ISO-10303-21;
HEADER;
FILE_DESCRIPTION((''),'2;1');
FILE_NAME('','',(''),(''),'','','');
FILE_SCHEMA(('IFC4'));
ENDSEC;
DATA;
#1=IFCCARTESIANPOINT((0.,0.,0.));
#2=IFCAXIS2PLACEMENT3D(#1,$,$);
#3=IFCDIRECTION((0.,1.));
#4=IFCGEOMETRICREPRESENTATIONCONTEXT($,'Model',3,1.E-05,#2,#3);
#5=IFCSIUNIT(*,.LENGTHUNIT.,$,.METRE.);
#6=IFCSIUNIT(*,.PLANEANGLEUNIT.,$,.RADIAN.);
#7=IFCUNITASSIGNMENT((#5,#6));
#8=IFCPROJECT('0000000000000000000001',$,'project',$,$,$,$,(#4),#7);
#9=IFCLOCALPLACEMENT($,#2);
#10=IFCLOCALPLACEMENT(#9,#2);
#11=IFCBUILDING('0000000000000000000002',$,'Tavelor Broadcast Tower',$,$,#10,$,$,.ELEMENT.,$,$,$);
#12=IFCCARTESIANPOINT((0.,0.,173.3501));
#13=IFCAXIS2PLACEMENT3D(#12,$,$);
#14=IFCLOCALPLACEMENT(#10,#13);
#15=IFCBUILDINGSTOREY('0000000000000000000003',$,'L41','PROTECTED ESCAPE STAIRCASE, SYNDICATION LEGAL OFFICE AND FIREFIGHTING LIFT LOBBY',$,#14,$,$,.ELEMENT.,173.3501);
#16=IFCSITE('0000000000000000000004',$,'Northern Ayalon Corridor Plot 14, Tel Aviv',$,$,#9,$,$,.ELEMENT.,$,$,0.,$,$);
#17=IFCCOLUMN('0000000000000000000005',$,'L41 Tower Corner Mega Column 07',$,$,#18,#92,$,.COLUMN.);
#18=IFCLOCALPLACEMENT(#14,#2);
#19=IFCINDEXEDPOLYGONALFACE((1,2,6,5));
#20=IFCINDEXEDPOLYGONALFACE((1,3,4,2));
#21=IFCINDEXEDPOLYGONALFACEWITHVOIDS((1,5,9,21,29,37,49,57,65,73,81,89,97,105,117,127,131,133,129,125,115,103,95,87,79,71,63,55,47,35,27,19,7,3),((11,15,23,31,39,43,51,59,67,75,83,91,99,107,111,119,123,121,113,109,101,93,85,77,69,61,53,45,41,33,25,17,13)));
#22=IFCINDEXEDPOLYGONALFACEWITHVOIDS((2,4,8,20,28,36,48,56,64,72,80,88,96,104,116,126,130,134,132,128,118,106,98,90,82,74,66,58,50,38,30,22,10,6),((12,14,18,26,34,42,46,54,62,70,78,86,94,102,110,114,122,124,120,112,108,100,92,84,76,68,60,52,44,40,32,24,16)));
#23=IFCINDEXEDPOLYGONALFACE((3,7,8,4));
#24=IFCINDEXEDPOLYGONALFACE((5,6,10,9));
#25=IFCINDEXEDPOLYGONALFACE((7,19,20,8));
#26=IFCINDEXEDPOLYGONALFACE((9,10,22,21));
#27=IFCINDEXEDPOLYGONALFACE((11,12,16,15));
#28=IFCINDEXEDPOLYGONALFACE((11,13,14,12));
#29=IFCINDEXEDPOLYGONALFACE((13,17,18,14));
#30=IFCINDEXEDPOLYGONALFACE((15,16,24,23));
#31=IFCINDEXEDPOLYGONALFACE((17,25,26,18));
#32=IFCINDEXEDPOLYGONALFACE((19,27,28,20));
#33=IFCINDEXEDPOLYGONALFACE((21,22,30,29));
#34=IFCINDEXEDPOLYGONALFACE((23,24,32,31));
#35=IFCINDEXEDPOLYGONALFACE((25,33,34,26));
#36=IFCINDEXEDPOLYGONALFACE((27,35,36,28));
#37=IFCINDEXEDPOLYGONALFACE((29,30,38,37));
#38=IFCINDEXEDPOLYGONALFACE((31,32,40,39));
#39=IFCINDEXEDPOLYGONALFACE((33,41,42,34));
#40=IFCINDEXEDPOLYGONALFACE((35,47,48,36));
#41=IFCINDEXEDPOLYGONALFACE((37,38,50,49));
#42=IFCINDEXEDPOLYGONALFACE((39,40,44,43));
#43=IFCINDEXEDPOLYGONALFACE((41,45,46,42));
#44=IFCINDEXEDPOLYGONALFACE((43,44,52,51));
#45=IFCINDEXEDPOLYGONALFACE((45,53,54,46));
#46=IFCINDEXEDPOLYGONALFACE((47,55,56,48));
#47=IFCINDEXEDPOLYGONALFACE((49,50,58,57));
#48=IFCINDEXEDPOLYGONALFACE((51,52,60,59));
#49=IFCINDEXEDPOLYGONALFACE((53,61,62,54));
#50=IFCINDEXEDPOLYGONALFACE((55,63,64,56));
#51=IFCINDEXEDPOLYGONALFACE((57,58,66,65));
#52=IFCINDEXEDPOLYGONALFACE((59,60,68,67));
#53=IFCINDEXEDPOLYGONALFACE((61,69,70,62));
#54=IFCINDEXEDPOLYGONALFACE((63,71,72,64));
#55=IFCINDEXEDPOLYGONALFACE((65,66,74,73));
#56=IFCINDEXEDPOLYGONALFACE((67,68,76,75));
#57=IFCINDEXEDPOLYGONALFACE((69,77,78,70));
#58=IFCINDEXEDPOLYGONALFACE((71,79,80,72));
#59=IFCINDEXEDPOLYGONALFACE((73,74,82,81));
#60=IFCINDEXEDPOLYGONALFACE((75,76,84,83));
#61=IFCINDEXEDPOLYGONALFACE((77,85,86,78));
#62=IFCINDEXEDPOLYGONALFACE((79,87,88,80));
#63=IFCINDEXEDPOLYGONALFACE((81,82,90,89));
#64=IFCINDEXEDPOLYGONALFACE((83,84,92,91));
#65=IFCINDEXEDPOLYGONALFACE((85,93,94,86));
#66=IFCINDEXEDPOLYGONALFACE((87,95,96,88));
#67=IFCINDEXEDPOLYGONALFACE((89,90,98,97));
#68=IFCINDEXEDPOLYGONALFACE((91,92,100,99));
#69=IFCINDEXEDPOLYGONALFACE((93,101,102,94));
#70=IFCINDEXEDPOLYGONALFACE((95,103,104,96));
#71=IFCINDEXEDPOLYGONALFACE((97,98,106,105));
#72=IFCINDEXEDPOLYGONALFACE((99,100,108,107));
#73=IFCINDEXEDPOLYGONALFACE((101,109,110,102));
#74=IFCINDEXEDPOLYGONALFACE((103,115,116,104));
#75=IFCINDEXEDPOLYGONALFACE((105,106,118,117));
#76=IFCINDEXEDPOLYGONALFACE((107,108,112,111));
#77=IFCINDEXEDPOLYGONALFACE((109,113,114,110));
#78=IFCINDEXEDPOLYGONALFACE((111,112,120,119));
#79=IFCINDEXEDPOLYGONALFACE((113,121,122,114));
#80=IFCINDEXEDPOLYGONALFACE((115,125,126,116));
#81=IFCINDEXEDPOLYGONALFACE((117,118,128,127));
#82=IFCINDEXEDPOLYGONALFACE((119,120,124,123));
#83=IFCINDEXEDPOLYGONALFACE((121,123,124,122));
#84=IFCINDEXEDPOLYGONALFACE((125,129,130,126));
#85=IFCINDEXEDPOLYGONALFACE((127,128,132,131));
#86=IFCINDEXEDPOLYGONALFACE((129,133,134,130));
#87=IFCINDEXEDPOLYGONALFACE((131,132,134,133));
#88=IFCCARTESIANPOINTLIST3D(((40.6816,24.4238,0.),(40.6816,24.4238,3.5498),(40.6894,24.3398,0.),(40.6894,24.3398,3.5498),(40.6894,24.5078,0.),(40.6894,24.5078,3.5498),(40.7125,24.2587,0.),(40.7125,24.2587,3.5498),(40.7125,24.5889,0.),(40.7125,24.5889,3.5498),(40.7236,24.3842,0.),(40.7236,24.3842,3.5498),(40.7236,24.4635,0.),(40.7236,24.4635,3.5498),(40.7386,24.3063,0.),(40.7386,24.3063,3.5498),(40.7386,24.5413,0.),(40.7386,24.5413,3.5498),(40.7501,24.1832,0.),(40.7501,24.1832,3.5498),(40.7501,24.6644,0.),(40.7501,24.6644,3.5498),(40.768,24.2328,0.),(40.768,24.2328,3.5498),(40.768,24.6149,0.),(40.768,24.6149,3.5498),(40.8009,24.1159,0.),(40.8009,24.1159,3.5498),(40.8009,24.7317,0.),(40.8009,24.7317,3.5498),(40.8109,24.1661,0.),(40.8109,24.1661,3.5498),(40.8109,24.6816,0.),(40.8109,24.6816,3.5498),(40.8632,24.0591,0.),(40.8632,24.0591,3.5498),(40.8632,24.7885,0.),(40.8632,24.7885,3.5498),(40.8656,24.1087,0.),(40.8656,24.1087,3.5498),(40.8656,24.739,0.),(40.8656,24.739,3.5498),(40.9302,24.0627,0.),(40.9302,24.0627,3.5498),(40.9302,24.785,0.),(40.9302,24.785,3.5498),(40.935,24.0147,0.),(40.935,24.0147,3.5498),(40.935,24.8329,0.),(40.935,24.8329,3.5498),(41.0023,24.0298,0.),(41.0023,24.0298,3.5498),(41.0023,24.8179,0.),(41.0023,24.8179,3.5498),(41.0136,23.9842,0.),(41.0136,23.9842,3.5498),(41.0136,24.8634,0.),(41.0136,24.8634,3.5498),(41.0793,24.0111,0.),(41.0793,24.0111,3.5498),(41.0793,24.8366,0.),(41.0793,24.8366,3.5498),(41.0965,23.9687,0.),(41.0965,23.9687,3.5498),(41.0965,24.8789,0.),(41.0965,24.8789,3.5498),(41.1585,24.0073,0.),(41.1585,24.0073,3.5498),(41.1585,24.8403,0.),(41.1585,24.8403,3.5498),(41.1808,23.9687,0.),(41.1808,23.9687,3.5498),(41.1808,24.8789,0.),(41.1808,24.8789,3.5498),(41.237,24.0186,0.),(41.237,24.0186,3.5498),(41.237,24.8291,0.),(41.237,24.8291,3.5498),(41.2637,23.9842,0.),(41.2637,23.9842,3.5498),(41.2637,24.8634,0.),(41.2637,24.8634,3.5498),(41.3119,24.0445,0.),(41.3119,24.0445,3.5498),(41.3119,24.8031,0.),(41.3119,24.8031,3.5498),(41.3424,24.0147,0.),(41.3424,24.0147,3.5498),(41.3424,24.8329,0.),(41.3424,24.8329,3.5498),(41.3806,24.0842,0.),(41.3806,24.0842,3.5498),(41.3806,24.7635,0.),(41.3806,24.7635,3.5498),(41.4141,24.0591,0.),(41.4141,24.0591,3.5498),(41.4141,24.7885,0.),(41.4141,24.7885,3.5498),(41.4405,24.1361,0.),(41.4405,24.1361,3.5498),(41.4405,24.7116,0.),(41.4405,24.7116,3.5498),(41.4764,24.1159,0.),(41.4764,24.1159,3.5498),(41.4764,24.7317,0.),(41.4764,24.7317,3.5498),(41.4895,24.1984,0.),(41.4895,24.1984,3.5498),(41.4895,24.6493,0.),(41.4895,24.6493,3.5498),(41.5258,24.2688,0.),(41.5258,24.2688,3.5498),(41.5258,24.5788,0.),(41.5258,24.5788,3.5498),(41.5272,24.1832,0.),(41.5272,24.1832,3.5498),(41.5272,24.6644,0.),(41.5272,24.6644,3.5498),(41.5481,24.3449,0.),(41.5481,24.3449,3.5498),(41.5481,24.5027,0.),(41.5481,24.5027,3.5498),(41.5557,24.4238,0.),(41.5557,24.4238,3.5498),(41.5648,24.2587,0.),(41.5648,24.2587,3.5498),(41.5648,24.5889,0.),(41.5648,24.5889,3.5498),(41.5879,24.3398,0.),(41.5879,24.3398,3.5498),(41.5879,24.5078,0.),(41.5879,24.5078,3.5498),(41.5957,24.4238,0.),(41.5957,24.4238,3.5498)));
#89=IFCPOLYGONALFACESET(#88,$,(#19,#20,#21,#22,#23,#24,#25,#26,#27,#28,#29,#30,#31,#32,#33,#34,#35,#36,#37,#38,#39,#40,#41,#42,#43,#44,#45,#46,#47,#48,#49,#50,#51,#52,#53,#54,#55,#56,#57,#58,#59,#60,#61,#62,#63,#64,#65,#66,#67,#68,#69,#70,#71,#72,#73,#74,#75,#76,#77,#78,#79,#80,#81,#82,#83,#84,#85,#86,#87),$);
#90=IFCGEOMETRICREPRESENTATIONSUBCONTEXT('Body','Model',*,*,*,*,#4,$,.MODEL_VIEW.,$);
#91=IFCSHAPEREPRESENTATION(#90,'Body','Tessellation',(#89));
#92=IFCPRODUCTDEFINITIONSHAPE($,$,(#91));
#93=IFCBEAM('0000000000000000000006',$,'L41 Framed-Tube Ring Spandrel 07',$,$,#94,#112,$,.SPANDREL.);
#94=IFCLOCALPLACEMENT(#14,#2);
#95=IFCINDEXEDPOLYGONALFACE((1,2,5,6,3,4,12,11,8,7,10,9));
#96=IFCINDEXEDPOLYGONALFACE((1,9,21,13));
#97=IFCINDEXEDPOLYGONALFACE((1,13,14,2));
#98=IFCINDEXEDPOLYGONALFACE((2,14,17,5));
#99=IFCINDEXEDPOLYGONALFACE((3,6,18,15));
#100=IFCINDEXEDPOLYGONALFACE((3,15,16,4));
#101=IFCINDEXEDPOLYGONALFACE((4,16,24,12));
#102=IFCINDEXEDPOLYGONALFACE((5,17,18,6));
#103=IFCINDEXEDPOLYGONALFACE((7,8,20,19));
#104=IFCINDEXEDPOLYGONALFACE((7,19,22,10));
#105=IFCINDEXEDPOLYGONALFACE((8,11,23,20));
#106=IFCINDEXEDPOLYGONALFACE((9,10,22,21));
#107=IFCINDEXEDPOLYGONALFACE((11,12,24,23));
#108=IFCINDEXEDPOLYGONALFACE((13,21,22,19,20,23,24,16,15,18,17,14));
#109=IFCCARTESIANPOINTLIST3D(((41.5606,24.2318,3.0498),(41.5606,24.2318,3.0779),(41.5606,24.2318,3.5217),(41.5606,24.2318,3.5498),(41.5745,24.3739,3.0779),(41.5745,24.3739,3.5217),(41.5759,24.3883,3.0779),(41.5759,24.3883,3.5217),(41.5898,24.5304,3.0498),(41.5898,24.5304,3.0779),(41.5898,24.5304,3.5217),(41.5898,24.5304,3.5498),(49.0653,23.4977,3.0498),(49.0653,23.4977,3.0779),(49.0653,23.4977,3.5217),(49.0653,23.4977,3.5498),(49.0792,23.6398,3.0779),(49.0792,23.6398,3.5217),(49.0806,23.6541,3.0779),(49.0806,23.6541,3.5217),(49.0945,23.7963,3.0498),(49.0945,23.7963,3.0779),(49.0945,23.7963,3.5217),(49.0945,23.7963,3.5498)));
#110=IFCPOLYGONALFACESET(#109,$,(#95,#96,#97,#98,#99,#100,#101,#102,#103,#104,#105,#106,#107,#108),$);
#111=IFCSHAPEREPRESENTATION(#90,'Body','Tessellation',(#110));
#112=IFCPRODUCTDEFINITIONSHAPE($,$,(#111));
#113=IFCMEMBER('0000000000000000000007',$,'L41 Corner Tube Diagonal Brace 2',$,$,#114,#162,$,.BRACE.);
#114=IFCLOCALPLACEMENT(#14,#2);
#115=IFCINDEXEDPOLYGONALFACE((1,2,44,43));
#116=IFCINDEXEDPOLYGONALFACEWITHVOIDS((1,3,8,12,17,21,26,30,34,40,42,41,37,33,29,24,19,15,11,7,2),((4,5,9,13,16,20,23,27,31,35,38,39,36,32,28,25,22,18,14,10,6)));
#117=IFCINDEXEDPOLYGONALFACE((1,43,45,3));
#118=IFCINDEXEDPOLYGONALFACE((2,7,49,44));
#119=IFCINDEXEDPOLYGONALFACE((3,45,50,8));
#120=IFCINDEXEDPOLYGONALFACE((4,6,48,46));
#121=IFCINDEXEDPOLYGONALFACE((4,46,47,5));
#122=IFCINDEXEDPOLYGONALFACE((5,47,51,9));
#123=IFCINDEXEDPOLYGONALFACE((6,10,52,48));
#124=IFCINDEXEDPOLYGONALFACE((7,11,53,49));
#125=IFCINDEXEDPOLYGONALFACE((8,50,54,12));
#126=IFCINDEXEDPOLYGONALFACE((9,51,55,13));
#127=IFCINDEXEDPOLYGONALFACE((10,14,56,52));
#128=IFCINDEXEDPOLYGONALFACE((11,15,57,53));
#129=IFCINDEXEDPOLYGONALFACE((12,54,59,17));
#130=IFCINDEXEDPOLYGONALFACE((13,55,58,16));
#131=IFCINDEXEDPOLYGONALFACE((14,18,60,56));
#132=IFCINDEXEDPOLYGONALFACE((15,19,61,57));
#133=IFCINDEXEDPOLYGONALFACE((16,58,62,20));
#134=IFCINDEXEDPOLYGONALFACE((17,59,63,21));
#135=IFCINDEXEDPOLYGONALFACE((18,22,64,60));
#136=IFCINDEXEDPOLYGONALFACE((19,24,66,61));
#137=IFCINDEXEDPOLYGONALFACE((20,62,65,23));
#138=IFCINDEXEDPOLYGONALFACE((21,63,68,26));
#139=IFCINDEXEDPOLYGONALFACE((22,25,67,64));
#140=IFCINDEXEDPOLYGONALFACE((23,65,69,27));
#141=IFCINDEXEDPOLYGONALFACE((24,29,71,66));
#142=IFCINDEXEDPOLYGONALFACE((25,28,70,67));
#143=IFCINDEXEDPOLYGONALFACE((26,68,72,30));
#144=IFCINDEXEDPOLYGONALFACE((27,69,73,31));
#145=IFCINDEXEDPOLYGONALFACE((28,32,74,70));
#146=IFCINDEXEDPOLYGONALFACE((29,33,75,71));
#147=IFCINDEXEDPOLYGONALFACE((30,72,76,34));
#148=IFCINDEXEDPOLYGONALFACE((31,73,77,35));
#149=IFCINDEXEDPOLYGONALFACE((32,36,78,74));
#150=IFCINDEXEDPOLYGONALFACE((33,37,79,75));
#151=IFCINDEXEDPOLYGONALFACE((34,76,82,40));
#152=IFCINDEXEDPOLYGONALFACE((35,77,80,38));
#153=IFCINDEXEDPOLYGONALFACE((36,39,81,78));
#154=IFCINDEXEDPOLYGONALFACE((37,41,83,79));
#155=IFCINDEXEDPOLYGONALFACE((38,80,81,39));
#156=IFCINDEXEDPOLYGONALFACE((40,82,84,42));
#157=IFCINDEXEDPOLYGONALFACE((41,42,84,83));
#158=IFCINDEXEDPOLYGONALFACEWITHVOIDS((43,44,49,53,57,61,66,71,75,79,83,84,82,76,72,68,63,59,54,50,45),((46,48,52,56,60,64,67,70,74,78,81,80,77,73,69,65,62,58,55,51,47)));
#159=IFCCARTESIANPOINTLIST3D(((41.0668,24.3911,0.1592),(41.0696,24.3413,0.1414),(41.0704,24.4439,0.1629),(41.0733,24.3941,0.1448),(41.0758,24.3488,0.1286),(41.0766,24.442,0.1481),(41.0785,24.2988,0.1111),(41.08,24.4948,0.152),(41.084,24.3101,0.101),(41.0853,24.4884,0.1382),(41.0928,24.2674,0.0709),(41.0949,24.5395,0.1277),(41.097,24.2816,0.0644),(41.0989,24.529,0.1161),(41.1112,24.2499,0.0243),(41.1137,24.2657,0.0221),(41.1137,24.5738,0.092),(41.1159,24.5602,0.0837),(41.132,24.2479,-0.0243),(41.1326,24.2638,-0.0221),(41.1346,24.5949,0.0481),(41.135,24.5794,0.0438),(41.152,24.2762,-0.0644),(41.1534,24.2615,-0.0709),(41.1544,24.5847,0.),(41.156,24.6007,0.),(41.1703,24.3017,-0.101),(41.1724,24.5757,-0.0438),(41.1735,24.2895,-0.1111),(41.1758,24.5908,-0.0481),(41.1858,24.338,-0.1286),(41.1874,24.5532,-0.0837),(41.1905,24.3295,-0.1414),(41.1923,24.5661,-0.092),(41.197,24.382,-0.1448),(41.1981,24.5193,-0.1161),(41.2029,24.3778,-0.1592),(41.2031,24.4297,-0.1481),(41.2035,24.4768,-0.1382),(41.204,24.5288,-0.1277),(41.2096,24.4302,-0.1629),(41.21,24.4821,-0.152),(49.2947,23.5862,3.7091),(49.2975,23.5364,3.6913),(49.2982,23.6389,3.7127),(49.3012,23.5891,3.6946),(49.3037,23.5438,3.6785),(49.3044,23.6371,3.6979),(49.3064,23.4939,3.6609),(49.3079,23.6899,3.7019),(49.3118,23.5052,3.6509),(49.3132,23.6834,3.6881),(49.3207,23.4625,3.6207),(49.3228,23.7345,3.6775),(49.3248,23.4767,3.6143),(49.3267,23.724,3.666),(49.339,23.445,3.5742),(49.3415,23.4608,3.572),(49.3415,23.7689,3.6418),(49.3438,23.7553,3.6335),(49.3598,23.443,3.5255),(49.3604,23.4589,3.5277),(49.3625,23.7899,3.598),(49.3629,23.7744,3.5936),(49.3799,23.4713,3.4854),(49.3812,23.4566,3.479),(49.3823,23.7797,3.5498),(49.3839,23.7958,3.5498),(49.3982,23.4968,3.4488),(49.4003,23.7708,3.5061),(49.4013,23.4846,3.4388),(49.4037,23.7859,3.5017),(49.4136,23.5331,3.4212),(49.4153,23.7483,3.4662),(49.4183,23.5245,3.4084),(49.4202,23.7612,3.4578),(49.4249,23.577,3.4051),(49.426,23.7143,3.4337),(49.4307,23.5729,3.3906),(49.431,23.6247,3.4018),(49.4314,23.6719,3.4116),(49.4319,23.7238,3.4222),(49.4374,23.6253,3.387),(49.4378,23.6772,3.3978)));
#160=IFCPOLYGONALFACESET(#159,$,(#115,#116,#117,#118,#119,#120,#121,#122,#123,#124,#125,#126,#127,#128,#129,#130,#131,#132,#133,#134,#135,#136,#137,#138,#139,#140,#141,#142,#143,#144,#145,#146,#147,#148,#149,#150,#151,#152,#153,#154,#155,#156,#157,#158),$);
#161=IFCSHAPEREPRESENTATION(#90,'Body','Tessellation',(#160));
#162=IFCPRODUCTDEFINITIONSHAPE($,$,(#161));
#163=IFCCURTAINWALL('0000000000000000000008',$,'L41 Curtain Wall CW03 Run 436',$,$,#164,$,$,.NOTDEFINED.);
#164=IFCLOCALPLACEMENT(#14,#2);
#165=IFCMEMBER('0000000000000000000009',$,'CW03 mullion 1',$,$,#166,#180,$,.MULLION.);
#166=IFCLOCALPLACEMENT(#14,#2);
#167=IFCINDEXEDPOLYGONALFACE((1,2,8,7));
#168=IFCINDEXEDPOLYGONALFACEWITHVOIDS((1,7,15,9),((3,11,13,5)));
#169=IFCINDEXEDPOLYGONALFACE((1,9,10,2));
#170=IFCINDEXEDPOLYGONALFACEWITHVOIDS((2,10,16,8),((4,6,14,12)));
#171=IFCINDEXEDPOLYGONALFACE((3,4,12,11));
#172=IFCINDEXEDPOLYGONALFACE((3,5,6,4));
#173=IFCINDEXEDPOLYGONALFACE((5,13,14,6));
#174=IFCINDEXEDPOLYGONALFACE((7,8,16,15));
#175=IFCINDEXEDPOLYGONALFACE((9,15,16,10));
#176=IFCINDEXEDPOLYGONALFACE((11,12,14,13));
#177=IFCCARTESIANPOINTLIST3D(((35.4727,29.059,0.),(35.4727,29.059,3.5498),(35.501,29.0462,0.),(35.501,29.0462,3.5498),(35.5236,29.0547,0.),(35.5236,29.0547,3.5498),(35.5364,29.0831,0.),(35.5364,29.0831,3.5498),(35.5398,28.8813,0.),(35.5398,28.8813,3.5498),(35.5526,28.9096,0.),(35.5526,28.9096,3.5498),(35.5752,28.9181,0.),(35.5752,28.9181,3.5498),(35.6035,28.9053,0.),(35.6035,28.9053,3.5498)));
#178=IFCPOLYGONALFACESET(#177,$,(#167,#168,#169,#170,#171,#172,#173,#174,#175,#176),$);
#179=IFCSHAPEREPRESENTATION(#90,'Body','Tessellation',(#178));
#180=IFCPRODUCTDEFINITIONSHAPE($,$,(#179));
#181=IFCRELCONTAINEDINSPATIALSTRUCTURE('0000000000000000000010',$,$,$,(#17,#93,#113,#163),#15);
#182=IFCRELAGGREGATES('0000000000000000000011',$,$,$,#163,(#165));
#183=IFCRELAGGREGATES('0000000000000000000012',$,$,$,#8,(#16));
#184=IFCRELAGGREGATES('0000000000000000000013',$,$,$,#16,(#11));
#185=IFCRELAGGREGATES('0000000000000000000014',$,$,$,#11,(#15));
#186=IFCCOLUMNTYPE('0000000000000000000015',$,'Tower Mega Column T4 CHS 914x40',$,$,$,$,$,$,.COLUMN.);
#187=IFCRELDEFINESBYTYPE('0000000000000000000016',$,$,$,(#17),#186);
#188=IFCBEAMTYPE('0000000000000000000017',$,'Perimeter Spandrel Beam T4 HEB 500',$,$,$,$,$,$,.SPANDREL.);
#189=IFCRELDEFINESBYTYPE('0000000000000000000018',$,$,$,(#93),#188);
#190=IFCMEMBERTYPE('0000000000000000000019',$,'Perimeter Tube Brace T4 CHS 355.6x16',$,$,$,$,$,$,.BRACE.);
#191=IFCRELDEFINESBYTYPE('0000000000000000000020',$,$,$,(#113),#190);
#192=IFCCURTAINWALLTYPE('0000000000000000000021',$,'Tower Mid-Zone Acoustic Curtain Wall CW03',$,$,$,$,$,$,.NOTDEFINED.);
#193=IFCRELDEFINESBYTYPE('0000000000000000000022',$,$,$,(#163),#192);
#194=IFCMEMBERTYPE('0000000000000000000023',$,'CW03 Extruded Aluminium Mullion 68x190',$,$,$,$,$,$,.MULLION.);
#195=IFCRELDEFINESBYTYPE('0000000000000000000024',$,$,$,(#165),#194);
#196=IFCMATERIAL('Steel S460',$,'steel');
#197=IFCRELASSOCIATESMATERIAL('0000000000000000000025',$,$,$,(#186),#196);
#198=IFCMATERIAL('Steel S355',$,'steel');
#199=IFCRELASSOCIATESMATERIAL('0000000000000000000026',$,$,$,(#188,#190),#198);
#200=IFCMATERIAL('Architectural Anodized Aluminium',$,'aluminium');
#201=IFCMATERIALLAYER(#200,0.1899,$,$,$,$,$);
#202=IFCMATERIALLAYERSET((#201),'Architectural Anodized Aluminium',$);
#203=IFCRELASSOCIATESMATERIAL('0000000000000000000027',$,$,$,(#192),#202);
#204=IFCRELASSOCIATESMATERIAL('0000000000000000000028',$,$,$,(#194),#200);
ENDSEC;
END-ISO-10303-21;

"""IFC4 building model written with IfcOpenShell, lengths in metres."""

from ifc_helpers import new_model, si_unit, direction, frame, origin, origin_2d, place, context, subcontext, project, spatial, hollow_rectangle, hollow_circle, i_section, extrude, source, transform, mapped, material, layer, layer_set, material_profile, profile_set, type_object, type_shapes, element, aggregate, save


model = new_model("IFC4")

# Units and contexts
model_context = context("Model", 3, precision=1e-05, world=origin(), true_north=direction((0.0, 1.0)))
body_context = subcontext(model_context, "Body", "Model", "MODEL_VIEW")
ifc_project = project(units=[si_unit("LENGTHUNIT", "METRE"), si_unit("PLANEANGLEUNIT", "RADIAN")], contexts=[model_context])

# Site, building, storey
site_placement = place(None, origin())
site = spatial("IfcSite", under=ifc_project, at=site_placement, Name="Northern Ayalon Corridor Plot 14, Tel Aviv", CompositionType="ELEMENT", RefElevation=0.0)
building_placement = place(site_placement, origin())
building = spatial("IfcBuilding", under=site, at=building_placement, Name="Tavelor Broadcast Tower", CompositionType="ELEMENT")
storey_placement = place(building_placement, frame((0.0, 0.0, 173.3501)))
storey = spatial("IfcBuildingStorey", under=building, at=storey_placement, Name="L41", Description="PROTECTED ESCAPE STAIRCASE, SYNDICATION LEGAL OFFICE AND FIREFIGHTING LIFT LOBBY", CompositionType="ELEMENT", Elevation=173.3501)

# Column
ifc_material_1 = material(Name="Steel S460", Category="steel")
ifc_material_profile_1 = material_profile(ifc_material_1, hollow_circle(Radius=0.457, WallThickness=0.04, at=origin_2d()), Name="CHS 914x40")
ifc_profile_set_1 = profile_set([ifc_material_profile_1], Name="Steel S460")
column_type = type_object("IfcColumnType", Name="Tower Mega Column T4 CHS 914x40", PredefinedType="COLUMN", material=ifc_profile_set_1)
column_placement = place(storey_placement, frame((41.1387, 24.4238, 0.0), z_axis=(0.0, 0.0, 1.0), x_axis=(1.0, 0.0, 0.0)))
element("IfcColumn", 1, at=column_placement, inside=storey, type_object=column_type, Name="L41 Tower Corner Mega Column 07", PredefinedType="COLUMN", context=body_context, shape_type="SweptSolid", body=[
    extrude(hollow_circle(Radius=0.457, WallThickness=0.04, at=origin_2d()), origin(), (0.0, 0.0, 1.0), 3.5498),
])

# Beam
ifc_material_2 = material(Name="Steel S355", Category="steel")
ifc_material_profile_2 = material_profile(ifc_material_2, i_section(OverallWidth=0.3, OverallDepth=0.5, WebThickness=0.0144, FlangeThickness=0.0281, at=origin_2d()), Name="HEB 500")
ifc_profile_set_2 = profile_set([ifc_material_profile_2], Name="Steel S355")
beam_type = type_object("IfcBeamType", Name="Perimeter Spandrel Beam T4 HEB 500", PredefinedType="SPANDREL", material=ifc_profile_set_2)
beam_placement = place(storey_placement, frame((41.5752, 24.3811, 3.2998), z_axis=(0.995249, -0.097359, 0.0), x_axis=(0.097359, 0.995249, 0.0)))
element("IfcBeam", 2, at=beam_placement, inside=storey, type_object=beam_type, Name="L41 Framed-Tube Ring Spandrel 07", PredefinedType="SPANDREL", context=body_context, shape_type="SweptSolid", body=[
    extrude(i_section(OverallWidth=0.3, OverallDepth=0.5, WebThickness=0.0144, FlangeThickness=0.0281, at=origin_2d()), origin(), (0.0, 0.0, 1.0), 7.5405),
])

# Member
ifc_material_profile_3 = material_profile(ifc_material_2, hollow_circle(Radius=0.1777, WallThickness=0.0161, at=origin_2d()), Name="CHS 355.6x16")
ifc_profile_set_3 = profile_set([ifc_material_profile_3], Name="Steel S355")
member_type_1 = type_object("IfcMemberType", Name="Perimeter Tube Brace T4 CHS 355.6x16", PredefinedType="BRACE", material=ifc_profile_set_3)
member_1_placement = place(storey_placement, frame((41.1387, 24.4238, 0.0), z_axis=(0.914506, -0.089467, 0.394556), x_axis=(0.097366, 0.995249, 0.0)))
element("IfcMember", 3, at=member_1_placement, inside=storey, type_object=member_type_1, Name="L41 Corner Tube Diagonal Brace 2", PredefinedType="BRACE", context=body_context, shape_type="SweptSolid", body=[
    extrude(hollow_circle(Radius=0.1777, WallThickness=0.0161, at=origin_2d()), origin(), (0.0, 0.0, 1.0), 8.9971),
])

# Curtain wall, member
ifc_material_3 = material(Name="Architectural Anodized Aluminium", Category="aluminium")
ifc_layer_1 = layer(ifc_material_3, 0.1899)
ifc_layer_set_1 = layer_set([ifc_layer_1], Name="Architectural Anodized Aluminium")
curtain_wall_type = type_object("IfcCurtainWallType", Name="Tower Mid-Zone Acoustic Curtain Wall CW03", PredefinedType="NOTDEFINED", material=ifc_layer_set_1)
curtain_wall_placement = place(storey_placement, origin())
curtain_wall = element("IfcCurtainWall", 4, at=curtain_wall_placement, inside=storey, type_object=curtain_wall_type, Name="L41 Curtain Wall CW03 Run 436", PredefinedType="NOTDEFINED")
ifc_material_profile_4 = material_profile(ifc_material_3, hollow_rectangle(XDim=0.0681, YDim=0.1899, WallThickness=0.022, at=origin_2d()), Name="RHS 68x190x22")
ifc_profile_set_4 = profile_set([ifc_material_profile_4], Name="Architectural Anodized Aluminium")
member_type_2 = type_object("IfcMemberType", Name="CW03 Extruded Aluminium Mullion 68x190", PredefinedType="MULLION", material=ifc_profile_set_4)
shared_shape_1 = source(origin(), body_context, "Body", "SweptSolid", [
    extrude(hollow_rectangle(XDim=0.0681, YDim=0.1899, WallThickness=0.022, at=origin_2d()), origin(), (0.0, 0.0, 1.0), 3.5498),
])
type_shapes(member_type_2, [shared_shape_1])
member_2_placement = place(storey_placement, frame((35.5381, 28.9822, 0.0), z_axis=(0.0, 0.0, 1.0), x_axis=(0.935591, 0.353086, 0.0)))
member_2 = element("IfcMember", 5, at=member_2_placement, type_object=member_type_2, Name="CW03 mullion 1", PredefinedType="MULLION", context=body_context, shape_type="MappedRepresentation", body=[
    mapped(shared_shape_1, transform((0.0, 0.0, 0.0), scale=1.0)),
])

aggregate(curtain_wall, [member_2])

save(model, "model.ifc")
